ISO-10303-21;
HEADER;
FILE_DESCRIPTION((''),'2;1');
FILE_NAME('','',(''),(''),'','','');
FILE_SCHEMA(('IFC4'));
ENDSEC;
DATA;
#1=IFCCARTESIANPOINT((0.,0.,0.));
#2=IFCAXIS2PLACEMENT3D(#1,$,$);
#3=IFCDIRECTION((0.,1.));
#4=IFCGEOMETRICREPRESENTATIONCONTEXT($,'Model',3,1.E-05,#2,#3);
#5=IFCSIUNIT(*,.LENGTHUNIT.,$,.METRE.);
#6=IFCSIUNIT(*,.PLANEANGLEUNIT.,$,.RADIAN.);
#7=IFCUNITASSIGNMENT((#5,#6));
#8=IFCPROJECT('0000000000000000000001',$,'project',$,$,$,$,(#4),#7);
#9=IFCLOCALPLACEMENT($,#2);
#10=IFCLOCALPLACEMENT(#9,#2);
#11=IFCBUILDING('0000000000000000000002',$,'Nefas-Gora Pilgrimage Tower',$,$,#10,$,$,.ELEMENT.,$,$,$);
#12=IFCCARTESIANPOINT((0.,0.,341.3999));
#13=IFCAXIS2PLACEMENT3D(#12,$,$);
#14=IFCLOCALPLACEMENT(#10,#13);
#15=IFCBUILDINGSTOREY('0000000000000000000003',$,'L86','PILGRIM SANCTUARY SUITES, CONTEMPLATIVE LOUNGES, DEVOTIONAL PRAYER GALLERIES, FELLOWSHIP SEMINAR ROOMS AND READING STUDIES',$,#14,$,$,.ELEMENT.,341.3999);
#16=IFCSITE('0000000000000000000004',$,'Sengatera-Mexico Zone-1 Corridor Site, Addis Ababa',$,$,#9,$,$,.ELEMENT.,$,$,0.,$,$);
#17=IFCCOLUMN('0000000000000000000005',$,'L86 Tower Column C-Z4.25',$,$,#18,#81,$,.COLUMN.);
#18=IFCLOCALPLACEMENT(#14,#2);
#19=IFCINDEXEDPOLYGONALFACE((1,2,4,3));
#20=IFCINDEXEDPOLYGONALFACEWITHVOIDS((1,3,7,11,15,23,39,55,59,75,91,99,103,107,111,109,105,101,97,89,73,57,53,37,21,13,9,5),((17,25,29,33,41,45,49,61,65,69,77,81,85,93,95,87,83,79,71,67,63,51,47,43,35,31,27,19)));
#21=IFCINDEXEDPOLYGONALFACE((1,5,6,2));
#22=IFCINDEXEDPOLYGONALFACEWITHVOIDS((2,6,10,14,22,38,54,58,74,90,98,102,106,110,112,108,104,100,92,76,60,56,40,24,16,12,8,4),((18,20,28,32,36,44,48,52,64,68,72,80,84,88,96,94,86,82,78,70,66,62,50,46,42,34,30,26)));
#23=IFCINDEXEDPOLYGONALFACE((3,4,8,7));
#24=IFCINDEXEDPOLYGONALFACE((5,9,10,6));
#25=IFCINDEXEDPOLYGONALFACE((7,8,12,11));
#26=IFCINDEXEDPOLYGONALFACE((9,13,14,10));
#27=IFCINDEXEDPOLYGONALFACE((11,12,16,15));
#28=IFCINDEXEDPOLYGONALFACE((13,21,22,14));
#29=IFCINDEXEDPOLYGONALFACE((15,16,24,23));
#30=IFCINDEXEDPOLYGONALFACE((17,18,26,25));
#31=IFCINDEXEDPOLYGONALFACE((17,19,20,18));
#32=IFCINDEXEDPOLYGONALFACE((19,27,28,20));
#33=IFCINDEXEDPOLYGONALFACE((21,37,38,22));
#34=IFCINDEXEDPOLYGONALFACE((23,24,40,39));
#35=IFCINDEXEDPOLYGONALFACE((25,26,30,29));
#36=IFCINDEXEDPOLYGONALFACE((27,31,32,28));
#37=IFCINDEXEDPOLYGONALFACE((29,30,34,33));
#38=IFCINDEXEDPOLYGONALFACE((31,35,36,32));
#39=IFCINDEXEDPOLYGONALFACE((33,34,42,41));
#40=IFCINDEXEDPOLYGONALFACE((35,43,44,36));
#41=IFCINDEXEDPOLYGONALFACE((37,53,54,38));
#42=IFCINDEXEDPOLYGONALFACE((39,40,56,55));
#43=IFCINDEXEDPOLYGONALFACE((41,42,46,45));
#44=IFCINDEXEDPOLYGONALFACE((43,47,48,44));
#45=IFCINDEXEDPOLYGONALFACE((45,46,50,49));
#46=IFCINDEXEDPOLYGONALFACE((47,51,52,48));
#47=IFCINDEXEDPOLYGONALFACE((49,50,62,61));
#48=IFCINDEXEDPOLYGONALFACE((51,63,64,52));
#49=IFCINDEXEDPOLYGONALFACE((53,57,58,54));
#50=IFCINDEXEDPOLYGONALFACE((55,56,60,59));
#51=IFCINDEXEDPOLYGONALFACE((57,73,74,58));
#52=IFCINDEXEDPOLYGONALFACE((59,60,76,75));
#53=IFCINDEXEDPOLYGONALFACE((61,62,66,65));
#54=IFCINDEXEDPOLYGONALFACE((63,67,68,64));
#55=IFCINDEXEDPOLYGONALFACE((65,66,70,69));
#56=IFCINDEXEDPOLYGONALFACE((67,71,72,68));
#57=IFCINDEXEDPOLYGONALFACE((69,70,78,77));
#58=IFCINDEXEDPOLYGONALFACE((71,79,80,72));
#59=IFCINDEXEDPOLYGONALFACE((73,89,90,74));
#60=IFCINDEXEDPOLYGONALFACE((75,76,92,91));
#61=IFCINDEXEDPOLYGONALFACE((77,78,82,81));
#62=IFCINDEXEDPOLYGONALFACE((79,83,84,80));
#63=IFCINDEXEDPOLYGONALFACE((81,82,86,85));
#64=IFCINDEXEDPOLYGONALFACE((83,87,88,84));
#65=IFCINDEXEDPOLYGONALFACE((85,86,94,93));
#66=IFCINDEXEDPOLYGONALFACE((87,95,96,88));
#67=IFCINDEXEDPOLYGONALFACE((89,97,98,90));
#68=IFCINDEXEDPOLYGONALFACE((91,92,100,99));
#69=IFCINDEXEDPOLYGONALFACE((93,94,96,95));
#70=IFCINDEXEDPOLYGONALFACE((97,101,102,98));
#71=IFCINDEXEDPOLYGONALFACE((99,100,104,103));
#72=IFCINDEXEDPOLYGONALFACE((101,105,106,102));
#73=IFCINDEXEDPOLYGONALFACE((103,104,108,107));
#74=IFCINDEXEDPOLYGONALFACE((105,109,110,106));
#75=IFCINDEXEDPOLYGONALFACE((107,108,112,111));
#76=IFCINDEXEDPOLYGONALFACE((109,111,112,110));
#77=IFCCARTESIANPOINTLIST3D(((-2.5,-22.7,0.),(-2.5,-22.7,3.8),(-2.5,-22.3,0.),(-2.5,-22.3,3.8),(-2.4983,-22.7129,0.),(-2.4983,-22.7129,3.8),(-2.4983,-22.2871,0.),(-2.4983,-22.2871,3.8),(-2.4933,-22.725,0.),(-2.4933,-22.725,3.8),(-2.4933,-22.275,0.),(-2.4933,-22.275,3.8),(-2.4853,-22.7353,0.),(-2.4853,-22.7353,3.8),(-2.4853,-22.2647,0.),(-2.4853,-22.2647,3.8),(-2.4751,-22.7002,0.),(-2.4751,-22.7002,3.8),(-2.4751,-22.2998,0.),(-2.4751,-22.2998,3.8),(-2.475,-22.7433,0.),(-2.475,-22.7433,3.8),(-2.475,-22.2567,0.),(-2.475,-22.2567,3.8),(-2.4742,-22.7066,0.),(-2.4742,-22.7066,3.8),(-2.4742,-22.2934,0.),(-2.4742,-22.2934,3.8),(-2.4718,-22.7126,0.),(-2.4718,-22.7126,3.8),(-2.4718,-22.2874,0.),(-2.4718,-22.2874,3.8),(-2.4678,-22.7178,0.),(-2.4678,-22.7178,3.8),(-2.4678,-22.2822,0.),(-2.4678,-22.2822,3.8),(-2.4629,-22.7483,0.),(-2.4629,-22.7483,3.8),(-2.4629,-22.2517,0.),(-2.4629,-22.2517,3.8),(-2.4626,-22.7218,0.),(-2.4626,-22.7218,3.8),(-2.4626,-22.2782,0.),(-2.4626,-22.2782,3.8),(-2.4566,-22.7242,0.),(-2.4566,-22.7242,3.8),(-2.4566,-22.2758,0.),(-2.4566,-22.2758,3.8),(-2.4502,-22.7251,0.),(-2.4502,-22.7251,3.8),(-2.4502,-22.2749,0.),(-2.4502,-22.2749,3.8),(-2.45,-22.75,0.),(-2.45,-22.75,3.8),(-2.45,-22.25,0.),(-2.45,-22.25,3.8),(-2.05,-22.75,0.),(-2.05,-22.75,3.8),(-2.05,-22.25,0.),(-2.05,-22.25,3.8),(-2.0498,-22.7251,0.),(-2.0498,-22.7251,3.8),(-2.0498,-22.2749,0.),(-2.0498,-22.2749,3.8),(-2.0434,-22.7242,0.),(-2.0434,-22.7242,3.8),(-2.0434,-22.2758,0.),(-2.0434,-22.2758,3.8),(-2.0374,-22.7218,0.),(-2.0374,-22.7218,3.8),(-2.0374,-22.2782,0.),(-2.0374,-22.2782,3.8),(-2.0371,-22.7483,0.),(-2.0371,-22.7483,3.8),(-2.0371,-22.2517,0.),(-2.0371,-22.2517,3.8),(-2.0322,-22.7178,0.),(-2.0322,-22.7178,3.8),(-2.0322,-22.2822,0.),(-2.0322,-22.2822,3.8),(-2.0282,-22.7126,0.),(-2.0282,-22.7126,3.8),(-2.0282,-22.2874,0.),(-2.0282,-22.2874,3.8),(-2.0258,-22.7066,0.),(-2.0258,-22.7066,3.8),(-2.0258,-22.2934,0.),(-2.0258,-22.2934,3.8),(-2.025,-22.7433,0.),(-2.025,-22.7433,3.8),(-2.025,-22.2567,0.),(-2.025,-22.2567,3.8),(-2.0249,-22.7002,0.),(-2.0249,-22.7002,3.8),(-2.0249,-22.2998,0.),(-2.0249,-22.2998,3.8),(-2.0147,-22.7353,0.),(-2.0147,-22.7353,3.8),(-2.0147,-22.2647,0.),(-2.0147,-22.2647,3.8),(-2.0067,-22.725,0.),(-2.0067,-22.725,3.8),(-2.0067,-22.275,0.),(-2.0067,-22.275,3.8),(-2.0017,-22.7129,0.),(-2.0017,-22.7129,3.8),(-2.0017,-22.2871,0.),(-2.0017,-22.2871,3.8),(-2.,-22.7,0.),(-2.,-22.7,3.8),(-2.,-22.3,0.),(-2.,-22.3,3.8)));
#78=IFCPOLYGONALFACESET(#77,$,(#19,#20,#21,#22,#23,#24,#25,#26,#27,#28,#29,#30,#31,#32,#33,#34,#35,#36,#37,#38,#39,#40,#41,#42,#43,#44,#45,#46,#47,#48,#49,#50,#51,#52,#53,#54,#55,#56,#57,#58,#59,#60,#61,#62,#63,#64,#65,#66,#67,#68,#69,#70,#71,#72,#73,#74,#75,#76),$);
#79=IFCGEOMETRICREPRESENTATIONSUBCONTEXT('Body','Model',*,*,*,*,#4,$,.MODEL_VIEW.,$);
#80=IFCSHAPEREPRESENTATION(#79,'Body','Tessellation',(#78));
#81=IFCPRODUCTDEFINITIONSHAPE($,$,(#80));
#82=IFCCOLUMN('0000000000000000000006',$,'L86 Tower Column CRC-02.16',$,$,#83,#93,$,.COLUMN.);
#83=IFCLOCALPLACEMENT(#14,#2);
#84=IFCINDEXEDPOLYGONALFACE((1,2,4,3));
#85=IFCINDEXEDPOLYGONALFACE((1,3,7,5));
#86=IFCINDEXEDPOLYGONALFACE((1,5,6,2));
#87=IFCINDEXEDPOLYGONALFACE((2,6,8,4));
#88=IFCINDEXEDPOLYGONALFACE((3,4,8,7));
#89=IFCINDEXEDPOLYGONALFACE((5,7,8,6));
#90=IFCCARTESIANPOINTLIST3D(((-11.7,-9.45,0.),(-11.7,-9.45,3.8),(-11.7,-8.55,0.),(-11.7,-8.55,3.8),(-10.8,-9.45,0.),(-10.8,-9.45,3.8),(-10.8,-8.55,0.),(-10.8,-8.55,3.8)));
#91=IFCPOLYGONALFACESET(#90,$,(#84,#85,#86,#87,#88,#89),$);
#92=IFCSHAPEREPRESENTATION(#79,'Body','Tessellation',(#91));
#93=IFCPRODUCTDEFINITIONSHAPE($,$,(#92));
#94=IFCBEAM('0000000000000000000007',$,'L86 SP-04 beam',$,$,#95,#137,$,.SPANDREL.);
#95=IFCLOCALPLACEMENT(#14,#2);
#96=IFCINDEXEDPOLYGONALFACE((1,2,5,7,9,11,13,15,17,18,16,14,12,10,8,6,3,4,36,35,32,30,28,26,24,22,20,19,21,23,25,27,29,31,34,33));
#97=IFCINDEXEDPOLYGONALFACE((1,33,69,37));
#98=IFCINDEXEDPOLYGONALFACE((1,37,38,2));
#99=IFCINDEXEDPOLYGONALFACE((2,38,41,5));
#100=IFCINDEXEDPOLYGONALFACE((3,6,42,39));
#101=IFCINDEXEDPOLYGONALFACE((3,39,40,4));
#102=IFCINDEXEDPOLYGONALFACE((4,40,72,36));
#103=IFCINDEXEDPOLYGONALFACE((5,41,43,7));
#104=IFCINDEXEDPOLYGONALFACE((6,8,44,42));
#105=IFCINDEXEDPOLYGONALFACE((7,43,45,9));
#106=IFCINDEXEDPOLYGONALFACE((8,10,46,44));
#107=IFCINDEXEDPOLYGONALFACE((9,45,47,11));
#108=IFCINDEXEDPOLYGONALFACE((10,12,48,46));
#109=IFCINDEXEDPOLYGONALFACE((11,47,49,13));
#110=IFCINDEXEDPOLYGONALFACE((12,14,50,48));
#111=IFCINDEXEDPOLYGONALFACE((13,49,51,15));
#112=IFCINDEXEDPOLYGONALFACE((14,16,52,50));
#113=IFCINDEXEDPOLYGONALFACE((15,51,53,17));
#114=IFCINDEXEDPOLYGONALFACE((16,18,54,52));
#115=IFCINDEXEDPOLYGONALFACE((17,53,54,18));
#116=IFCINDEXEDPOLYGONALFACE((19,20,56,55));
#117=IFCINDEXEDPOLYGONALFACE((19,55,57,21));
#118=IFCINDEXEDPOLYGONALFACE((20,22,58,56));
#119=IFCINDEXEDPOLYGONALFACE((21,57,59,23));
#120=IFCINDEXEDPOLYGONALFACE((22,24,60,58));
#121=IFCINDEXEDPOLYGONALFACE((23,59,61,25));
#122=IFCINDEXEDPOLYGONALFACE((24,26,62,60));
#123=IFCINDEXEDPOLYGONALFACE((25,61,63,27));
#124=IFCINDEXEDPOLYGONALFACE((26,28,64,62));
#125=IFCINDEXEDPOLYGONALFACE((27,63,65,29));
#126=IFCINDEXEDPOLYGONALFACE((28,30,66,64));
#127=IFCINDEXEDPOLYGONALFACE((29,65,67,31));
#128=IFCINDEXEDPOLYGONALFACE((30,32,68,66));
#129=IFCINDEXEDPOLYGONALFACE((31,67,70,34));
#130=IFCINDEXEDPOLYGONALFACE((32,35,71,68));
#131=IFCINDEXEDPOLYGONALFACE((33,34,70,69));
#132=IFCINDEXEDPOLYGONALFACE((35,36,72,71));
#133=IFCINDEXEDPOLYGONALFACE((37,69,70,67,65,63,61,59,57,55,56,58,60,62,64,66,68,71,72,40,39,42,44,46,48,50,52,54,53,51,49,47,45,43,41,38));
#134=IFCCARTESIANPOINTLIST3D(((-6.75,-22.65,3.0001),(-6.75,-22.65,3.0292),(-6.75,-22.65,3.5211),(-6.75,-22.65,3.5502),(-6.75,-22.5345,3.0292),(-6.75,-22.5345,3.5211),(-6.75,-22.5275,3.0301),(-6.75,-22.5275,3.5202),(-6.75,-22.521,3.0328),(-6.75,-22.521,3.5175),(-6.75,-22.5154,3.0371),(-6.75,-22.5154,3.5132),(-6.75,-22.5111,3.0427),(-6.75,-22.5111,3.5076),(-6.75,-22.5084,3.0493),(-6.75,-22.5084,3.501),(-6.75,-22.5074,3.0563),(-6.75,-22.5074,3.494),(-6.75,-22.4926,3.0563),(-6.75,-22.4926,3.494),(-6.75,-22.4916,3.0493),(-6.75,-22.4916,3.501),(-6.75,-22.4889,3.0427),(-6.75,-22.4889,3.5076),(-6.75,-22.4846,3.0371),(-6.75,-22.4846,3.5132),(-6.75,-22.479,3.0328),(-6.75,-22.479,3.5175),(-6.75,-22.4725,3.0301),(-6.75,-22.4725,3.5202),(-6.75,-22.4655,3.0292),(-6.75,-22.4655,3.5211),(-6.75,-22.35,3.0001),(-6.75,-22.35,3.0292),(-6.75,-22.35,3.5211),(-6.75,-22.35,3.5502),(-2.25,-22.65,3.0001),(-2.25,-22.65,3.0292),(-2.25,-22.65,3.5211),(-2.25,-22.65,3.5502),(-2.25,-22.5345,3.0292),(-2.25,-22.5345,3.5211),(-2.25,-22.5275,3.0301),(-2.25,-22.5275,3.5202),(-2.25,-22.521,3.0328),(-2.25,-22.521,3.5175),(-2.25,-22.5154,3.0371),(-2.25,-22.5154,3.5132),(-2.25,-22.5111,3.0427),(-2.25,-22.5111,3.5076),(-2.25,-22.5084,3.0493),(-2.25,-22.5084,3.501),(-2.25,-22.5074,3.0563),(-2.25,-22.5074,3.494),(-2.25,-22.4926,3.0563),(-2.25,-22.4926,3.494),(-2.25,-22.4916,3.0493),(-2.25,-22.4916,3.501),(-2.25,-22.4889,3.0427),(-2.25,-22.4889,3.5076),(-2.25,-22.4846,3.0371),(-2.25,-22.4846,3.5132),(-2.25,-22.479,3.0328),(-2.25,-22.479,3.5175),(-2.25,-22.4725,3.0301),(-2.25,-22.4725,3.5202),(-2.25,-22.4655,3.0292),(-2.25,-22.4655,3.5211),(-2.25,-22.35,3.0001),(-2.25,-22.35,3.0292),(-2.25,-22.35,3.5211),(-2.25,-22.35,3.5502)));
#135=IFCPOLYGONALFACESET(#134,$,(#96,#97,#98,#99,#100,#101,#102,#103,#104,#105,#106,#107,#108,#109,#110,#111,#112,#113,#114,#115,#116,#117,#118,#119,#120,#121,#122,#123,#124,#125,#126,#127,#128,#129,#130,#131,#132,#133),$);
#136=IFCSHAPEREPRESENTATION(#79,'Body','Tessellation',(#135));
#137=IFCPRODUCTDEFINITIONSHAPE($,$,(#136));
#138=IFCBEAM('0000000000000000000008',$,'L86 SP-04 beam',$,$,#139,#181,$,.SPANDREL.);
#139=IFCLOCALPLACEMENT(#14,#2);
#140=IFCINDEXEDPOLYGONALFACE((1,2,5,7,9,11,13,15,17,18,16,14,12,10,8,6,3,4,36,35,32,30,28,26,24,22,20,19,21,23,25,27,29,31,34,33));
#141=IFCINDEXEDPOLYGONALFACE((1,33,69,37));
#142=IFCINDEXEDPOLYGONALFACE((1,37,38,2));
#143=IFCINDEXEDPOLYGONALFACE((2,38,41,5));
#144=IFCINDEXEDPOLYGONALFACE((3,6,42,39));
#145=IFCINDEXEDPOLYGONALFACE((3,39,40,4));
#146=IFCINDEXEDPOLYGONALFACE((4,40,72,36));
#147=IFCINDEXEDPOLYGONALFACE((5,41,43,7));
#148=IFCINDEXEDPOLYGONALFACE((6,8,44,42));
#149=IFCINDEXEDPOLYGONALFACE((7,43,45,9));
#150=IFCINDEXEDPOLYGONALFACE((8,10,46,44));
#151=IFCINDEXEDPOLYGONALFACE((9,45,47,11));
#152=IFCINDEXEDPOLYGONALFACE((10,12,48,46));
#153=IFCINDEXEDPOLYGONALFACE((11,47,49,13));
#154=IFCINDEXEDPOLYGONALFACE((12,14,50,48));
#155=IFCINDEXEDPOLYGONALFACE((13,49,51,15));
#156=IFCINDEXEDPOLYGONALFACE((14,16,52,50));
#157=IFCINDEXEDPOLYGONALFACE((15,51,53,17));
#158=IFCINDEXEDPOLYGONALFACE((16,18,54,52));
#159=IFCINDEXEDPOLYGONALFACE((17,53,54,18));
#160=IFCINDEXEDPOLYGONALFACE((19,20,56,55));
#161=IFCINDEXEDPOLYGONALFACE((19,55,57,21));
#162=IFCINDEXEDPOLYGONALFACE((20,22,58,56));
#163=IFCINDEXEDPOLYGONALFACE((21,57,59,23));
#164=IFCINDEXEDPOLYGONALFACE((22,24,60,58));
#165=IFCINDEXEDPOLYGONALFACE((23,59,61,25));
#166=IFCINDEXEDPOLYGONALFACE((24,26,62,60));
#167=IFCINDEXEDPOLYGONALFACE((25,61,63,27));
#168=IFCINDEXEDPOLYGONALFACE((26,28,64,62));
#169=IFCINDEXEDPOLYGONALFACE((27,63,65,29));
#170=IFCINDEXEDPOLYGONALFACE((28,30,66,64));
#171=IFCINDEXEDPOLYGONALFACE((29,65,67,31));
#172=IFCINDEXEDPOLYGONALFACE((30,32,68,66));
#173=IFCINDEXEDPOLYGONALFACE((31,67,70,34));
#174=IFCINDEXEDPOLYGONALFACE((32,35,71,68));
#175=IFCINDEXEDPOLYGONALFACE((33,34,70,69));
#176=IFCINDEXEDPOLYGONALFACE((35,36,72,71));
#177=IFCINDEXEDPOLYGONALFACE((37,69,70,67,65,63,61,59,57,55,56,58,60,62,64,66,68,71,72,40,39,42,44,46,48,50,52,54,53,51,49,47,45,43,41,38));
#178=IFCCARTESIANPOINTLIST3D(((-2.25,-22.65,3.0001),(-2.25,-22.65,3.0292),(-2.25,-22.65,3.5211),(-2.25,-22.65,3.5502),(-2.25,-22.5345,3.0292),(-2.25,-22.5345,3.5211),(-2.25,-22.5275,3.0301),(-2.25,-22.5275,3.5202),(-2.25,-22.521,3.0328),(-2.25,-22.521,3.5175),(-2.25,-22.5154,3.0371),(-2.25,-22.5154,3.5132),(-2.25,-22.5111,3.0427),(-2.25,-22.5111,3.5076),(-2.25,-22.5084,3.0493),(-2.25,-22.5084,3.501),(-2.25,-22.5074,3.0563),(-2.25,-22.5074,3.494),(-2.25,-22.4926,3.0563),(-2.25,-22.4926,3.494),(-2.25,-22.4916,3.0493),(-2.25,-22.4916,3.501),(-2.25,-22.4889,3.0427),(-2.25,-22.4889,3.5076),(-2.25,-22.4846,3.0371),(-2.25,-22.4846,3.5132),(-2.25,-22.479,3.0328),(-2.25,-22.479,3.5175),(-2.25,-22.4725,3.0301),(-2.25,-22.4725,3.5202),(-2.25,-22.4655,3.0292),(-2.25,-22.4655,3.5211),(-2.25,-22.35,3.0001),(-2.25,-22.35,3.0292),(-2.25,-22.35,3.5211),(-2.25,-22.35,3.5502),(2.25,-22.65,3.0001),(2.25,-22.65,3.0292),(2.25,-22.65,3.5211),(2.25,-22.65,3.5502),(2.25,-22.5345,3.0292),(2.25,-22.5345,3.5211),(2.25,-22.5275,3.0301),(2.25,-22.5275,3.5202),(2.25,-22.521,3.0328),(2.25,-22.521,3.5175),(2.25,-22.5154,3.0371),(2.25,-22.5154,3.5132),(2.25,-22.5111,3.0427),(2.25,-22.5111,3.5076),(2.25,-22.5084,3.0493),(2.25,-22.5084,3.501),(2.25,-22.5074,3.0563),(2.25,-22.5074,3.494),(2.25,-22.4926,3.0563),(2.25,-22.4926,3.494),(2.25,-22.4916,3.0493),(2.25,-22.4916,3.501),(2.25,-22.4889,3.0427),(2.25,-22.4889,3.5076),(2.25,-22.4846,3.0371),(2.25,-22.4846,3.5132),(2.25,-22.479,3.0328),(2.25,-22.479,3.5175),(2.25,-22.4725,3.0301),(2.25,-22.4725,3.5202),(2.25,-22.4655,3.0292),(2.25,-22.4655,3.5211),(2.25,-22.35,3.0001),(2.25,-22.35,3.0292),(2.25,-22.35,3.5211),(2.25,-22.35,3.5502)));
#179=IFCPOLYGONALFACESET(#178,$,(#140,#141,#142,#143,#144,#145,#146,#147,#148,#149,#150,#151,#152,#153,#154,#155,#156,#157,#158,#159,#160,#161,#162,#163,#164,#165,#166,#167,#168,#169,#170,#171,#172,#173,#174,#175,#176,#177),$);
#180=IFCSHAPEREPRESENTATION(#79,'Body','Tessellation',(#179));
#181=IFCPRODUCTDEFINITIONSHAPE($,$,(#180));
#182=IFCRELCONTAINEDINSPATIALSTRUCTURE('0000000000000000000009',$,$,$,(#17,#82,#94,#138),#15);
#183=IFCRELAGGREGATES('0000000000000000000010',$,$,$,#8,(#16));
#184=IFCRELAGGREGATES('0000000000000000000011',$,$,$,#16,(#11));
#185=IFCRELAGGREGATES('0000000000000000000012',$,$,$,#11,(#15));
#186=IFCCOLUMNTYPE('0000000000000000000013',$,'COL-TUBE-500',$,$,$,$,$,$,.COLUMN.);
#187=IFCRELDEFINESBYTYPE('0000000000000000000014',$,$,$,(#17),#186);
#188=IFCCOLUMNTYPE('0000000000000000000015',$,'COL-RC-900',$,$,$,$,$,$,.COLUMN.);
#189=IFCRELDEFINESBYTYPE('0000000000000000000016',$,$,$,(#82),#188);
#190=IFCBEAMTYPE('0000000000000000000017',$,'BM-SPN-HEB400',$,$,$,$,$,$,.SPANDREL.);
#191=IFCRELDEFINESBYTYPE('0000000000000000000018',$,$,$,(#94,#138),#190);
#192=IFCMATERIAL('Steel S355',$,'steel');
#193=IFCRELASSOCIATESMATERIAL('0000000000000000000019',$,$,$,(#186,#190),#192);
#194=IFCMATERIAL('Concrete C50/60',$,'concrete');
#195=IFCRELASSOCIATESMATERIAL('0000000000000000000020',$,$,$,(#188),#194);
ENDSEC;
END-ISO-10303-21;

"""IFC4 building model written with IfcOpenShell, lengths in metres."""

from ifc_helpers import new_model, si_unit, direction, frame, origin, origin_2d, place, context, subcontext, project, spatial, rectangle, hollow_rectangle, i_section, extrude, source, transform, mapped, material, material_profile, profile_set, type_object, element, save


model = new_model("IFC4")

# Units and contexts
model_context = context("Model", 3, precision=1e-05, world=origin(), true_north=direction((0.0, 1.0)))
body_context = subcontext(model_context, "Body", "Model", "MODEL_VIEW")
ifc_project = project(units=[si_unit("LENGTHUNIT", "METRE"), si_unit("PLANEANGLEUNIT", "RADIAN")], contexts=[model_context])

# Site, building, storey
site_placement = place(None, origin())
site = spatial("IfcSite", under=ifc_project, at=site_placement, Name="Sengatera-Mexico Zone-1 Corridor Site, Addis Ababa", CompositionType="ELEMENT", RefElevation=0.0)
building_placement = place(site_placement, origin())
building = spatial("IfcBuilding", under=site, at=building_placement, Name="Nefas-Gora Pilgrimage Tower", CompositionType="ELEMENT")
storey_placement = place(building_placement, frame((0.0, 0.0, 341.3999)))
storey = spatial("IfcBuildingStorey", under=building, at=storey_placement, Name="L86", Description="PILGRIM SANCTUARY SUITES, CONTEMPLATIVE LOUNGES, DEVOTIONAL PRAYER GALLERIES, FELLOWSHIP SEMINAR ROOMS AND READING STUDIES", CompositionType="ELEMENT", Elevation=341.3999)

# Columns
ifc_material_1 = material(Name="Steel S355", Category="steel")
ifc_material_profile_1 = material_profile(ifc_material_1, hollow_rectangle(XDim=0.5, YDim=0.5, WallThickness=0.0249, InnerFilletRadius=0.0249, OuterFilletRadius=0.05, at=origin_2d()), Name="SHS 500x500x25")
ifc_profile_set_1 = profile_set([ifc_material_profile_1], Name="Steel S355")
column_type_1 = type_object("IfcColumnType", Name="COL-TUBE-500", PredefinedType="COLUMN", material=ifc_profile_set_1)
shared_shape_1 = source(origin(), body_context, "Body", "SweptSolid", [
    extrude(hollow_rectangle(XDim=0.5, YDim=0.5, WallThickness=0.0249, InnerFilletRadius=0.0249, OuterFilletRadius=0.05, at=origin_2d()), origin(), (0.0, 0.0, 1.0), 3.8),
])
for number, where, z_axis, x_axis, name in (
    (1, (-2.25, -22.5, 0.0), (0.0, 0.0, 1.0), (1.0, 0.0, 0.0), "L86 Tower Column C-Z4.25"),
):
    element("IfcColumn", number, at=place(storey_placement, frame(where, z_axis=z_axis, x_axis=x_axis)), inside=storey, type_object=column_type_1, Name=name, PredefinedType="COLUMN", context=body_context, shape_type="MappedRepresentation", body=[
        mapped(shared_shape_1, transform((0.0, 0.0, 0.0), x_axis=(1.0, 0.0, 0.0), y_axis=(0.0, 1.0, 0.0), z_axis=(0.0, 0.0, 1.0), scale=1.0)),
    ])
ifc_material_2 = material(Name="Concrete C50/60", Category="concrete")
ifc_material_profile_2 = material_profile(ifc_material_2, rectangle(XDim=0.8999, YDim=0.8999, at=origin_2d()), Name="RC 900x900")
ifc_profile_set_2 = profile_set([ifc_material_profile_2], Name="Concrete C50/60")
column_type_2 = type_object("IfcColumnType", Name="COL-RC-900", PredefinedType="COLUMN", material=ifc_profile_set_2)
shared_shape_2 = source(origin(), body_context, "Body", "SweptSolid", [
    extrude(rectangle(XDim=0.8999, YDim=0.8999, at=origin_2d()), origin(), (0.0, 0.0, 1.0), 3.8),
])
column_placement = place(storey_placement, frame((-11.25, -9.0, 0.0), z_axis=(0.0, 0.0, 1.0), x_axis=(1.0, 0.0, 0.0)))
element("IfcColumn", 2, at=column_placement, inside=storey, type_object=column_type_2, Name="L86 Tower Column CRC-02.16", PredefinedType="COLUMN", context=body_context, shape_type="MappedRepresentation", body=[
    mapped(shared_shape_2, transform((0.0, 0.0, 0.0), x_axis=(1.0, 0.0, 0.0), y_axis=(0.0, 1.0, 0.0), z_axis=(0.0, 0.0, 1.0), scale=1.0)),
])

# Beams
ifc_material_profile_3 = material_profile(ifc_material_1, i_section(OverallWidth=0.3, OverallDepth=0.55, WebThickness=0.0149, FlangeThickness=0.0291, FilletRadius=0.0271, at=origin_2d()), Name="HEB 550")
ifc_profile_set_3 = profile_set([ifc_material_profile_3], Name="Steel S355")
beam_type_1 = type_object("IfcBeamType", Name="BM-SPN-HEB400", PredefinedType="SPANDREL", material=ifc_profile_set_3)
shared_shape_3 = source(origin(), body_context, "Body", "SweptSolid", [
    extrude(i_section(OverallWidth=0.3, OverallDepth=0.55, WebThickness=0.0149, FlangeThickness=0.0291, FilletRadius=0.0271, at=origin_2d()), origin(), (0.0, 0.0, 1.0), 4.5),
])
for number, where, z_axis, x_axis, name in (
    (3, (-6.75, -22.5, 3.2751), (1.0, 0.0, 0.0), (0.0, 1.0, 0.0), "L86 SP-04 beam"),
    (4, (-2.25, -22.5, 3.2751), (1.0, 0.0, 0.0), (0.0, 1.0, 0.0), "L86 SP-04 beam"),
):
    element("IfcBeam", number, at=place(storey_placement, frame(where, z_axis=z_axis, x_axis=x_axis)), inside=storey, type_object=beam_type_1, Name=name, PredefinedType="SPANDREL", context=body_context, shape_type="MappedRepresentation", body=[
        mapped(shared_shape_3, transform((0.0, 0.0, 0.0), x_axis=(1.0, 0.0, 0.0), y_axis=(0.0, 1.0, 0.0), z_axis=(0.0, 0.0, 1.0), scale=1.0)),
    ])

save(model, "model.ifc")
